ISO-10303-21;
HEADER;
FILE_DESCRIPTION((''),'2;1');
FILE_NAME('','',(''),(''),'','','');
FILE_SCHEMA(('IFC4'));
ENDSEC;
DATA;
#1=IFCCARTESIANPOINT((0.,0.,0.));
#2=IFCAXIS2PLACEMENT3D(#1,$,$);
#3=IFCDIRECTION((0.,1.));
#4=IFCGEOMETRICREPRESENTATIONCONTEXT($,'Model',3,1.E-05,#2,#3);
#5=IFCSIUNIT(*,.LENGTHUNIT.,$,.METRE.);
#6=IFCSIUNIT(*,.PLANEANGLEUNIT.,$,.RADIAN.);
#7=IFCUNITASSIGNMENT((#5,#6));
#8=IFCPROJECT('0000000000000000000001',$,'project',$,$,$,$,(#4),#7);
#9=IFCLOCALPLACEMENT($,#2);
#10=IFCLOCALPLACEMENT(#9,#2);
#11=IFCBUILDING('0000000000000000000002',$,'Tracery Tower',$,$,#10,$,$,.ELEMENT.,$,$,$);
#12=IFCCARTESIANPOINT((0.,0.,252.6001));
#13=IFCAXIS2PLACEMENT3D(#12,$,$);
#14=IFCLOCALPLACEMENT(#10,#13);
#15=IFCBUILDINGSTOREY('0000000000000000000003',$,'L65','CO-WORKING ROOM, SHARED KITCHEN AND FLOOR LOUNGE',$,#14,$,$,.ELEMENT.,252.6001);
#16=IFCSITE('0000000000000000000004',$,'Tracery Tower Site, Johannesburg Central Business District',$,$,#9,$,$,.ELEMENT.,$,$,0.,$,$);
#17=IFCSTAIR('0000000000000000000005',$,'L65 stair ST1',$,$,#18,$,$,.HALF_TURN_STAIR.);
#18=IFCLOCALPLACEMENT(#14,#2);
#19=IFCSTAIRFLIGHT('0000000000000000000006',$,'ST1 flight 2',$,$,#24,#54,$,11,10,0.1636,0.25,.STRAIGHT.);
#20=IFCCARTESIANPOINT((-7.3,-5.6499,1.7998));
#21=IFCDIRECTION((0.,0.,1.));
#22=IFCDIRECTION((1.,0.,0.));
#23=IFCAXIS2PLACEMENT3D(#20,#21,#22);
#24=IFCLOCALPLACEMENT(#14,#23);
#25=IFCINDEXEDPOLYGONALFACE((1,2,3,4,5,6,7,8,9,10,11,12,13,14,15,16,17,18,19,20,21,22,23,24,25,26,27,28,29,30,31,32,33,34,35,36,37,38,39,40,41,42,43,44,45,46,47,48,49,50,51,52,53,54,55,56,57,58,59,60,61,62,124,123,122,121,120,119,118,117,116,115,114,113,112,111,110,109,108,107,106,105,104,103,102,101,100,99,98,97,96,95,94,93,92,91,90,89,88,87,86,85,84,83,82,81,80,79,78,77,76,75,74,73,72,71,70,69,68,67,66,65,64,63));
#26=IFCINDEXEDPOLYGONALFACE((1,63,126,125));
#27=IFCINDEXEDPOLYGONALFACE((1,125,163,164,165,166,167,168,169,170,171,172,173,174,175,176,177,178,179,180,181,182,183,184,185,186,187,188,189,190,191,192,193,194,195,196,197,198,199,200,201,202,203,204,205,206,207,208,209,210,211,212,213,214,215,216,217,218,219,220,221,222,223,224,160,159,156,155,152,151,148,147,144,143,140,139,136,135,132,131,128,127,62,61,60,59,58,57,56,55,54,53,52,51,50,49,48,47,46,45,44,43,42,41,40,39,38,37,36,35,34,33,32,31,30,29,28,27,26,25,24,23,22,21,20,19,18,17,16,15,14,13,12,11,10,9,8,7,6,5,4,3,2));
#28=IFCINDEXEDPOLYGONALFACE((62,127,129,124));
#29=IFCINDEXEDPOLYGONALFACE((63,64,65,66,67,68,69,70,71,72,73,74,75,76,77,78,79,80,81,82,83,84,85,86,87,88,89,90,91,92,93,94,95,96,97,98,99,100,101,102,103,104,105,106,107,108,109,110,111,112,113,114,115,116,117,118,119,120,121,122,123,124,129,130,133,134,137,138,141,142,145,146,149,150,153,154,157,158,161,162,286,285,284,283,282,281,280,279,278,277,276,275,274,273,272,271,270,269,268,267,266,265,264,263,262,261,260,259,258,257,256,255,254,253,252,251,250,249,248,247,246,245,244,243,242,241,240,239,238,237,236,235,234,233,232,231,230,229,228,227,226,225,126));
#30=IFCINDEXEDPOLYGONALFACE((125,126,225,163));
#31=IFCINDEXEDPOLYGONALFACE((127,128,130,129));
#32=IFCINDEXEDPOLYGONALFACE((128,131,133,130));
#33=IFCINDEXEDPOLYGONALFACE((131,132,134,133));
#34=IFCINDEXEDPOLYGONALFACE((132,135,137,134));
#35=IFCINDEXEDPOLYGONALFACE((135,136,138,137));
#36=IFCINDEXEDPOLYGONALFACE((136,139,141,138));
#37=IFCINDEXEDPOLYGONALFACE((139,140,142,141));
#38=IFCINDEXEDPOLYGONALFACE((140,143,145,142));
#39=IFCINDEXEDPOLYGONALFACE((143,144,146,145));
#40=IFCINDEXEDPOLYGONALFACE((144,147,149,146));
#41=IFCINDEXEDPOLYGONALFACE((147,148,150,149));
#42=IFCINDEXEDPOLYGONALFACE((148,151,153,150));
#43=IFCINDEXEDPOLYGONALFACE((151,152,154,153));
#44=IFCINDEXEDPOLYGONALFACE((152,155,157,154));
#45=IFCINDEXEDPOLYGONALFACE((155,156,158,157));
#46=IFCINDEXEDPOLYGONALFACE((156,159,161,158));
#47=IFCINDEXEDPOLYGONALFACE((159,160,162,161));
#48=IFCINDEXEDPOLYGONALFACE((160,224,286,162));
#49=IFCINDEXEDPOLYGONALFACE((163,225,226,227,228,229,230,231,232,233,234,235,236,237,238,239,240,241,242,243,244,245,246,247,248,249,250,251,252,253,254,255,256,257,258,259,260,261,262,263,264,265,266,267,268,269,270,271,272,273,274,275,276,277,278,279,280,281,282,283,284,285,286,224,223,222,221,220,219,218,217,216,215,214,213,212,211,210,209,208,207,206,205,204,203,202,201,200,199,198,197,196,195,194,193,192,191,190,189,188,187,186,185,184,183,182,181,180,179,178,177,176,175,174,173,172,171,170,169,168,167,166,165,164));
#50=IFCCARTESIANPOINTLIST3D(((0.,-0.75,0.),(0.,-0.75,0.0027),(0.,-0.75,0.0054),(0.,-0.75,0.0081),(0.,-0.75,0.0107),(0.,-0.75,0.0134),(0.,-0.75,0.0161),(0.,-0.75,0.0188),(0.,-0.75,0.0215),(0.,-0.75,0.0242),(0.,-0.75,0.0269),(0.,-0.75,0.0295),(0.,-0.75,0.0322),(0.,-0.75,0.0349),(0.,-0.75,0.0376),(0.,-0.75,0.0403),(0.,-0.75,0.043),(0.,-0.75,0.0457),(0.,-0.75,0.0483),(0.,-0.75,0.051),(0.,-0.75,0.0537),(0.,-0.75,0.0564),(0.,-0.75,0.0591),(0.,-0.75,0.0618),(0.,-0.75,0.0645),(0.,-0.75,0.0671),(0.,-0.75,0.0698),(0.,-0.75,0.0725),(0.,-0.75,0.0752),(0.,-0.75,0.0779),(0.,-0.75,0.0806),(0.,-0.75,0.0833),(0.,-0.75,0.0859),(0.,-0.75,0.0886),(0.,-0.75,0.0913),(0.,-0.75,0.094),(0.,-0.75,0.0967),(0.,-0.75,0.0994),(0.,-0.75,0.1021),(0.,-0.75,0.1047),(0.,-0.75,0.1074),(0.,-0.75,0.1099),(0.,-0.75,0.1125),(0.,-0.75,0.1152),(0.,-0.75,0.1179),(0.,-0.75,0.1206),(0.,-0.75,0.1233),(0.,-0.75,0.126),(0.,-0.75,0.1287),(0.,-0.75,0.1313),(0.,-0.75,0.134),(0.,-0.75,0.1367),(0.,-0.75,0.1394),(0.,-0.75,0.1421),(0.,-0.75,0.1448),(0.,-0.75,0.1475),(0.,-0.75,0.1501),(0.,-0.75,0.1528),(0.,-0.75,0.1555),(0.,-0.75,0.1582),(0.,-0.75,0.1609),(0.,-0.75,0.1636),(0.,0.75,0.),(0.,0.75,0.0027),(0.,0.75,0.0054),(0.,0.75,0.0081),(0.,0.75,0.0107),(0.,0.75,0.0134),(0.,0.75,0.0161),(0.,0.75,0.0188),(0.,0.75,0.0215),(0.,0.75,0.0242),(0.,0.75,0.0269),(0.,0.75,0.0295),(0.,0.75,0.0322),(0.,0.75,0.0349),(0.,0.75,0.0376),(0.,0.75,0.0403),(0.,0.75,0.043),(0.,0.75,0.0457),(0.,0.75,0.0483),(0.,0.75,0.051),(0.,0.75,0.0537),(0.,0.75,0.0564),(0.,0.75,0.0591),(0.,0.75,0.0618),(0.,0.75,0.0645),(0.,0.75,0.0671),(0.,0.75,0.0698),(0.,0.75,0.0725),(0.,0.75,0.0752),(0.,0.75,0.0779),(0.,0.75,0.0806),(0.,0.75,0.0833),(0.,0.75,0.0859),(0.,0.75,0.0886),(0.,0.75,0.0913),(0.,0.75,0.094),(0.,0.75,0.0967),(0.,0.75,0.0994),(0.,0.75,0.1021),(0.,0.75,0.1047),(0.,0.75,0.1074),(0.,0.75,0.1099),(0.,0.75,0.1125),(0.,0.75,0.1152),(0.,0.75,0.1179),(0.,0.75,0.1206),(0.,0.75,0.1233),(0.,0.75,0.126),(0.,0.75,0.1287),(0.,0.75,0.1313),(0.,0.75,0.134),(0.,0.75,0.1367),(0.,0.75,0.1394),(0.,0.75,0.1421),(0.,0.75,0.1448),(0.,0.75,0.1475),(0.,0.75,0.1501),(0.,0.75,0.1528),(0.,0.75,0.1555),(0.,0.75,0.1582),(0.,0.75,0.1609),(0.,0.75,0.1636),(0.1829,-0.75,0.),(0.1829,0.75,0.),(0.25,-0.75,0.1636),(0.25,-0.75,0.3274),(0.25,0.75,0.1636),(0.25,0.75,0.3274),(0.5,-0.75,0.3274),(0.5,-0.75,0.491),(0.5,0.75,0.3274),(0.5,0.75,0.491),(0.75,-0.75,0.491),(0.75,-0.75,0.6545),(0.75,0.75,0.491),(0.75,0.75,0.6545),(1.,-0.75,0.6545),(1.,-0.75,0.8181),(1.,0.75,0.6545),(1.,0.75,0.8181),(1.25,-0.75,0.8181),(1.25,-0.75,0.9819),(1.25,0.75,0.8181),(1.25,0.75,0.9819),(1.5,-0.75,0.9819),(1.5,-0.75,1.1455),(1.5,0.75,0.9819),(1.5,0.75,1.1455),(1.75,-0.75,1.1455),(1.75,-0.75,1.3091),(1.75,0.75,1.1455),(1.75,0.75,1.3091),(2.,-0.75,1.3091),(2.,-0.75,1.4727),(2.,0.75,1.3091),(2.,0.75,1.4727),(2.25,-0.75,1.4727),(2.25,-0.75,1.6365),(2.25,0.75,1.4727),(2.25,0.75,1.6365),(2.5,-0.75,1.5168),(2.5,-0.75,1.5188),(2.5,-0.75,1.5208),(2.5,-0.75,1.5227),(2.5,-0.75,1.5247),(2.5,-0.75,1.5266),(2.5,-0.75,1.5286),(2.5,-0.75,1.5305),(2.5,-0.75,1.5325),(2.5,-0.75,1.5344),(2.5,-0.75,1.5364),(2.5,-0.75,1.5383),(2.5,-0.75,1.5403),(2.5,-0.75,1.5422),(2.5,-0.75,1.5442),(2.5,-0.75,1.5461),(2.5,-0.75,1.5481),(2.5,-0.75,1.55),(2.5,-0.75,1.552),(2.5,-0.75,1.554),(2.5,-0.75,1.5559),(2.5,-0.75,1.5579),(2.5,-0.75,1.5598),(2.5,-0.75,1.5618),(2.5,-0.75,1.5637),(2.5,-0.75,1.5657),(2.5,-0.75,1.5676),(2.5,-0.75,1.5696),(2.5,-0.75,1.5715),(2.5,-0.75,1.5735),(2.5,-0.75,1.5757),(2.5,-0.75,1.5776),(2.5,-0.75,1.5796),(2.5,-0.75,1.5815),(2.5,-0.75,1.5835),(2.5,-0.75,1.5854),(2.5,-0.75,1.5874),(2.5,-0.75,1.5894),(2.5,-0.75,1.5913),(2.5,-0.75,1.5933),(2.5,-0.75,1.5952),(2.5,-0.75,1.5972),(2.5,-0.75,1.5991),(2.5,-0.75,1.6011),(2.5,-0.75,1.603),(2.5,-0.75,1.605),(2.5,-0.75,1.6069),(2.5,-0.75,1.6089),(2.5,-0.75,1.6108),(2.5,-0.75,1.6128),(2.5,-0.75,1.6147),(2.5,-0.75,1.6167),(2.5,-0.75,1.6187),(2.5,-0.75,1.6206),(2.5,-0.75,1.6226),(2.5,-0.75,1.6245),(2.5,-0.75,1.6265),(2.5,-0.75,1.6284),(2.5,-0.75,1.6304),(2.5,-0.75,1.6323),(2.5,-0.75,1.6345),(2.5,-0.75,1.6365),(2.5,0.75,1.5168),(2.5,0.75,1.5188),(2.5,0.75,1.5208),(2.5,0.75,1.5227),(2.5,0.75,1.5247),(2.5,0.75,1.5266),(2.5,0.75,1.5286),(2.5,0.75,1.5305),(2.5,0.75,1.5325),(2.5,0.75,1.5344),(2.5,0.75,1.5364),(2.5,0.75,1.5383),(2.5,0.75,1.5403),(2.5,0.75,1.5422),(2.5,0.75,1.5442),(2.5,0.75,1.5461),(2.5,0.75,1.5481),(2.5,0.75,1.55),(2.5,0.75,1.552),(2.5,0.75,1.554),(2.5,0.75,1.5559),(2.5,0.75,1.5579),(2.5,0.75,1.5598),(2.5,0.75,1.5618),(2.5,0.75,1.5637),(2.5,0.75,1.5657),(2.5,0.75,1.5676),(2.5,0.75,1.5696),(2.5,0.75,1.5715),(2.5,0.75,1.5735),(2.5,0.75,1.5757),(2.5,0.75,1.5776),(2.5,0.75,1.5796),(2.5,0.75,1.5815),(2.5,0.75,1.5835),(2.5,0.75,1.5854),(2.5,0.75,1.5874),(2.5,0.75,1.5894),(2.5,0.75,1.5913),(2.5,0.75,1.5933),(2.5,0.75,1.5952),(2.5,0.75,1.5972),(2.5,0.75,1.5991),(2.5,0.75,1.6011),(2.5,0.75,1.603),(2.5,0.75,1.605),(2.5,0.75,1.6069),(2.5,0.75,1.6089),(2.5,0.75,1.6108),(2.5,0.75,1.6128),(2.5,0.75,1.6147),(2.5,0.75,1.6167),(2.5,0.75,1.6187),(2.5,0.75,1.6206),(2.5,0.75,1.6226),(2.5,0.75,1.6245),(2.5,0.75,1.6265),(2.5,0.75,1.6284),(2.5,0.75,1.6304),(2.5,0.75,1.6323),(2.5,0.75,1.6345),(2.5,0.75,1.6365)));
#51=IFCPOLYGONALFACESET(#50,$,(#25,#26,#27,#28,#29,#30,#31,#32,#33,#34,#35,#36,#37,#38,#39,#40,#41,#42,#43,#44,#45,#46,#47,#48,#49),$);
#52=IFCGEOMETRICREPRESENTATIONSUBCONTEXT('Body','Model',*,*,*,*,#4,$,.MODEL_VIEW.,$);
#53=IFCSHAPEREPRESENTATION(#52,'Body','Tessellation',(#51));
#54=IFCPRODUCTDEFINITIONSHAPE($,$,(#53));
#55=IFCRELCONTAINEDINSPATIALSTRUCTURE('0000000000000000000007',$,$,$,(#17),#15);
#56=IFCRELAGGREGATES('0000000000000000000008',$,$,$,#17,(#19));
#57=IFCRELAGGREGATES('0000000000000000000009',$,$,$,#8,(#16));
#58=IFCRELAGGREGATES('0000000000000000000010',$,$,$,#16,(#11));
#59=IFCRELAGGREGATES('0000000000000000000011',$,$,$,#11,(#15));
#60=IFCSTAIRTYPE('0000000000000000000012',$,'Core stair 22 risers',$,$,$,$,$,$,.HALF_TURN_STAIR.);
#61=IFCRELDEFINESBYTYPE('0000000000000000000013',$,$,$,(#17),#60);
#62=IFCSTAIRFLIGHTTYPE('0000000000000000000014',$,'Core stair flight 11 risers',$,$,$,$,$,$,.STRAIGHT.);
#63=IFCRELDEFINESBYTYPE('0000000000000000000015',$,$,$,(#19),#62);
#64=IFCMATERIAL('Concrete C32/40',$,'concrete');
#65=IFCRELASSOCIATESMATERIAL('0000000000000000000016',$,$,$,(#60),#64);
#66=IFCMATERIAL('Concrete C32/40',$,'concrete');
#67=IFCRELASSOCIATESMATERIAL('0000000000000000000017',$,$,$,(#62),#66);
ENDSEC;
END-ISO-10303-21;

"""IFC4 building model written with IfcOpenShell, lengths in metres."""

from ifc_helpers import new_model, si_unit, direction, frame, origin, place, context, subcontext, project, spatial, polyline, outline, extrude, material, type_object, element, aggregate, save


model = new_model("IFC4")

# Units and contexts
model_context = context("Model", 3, precision=1e-05, world=origin(), true_north=direction((0.0, 1.0)))
body_context = subcontext(model_context, "Body", "Model", "MODEL_VIEW")
ifc_project = project(units=[si_unit("LENGTHUNIT", "METRE"), si_unit("PLANEANGLEUNIT", "RADIAN")], contexts=[model_context])

# Site, building, storey
site_placement = place(None, origin())
site = spatial("IfcSite", under=ifc_project, at=site_placement, Name="Tracery Tower Site, Johannesburg Central Business District", CompositionType="ELEMENT", RefElevation=0.0)
building_placement = place(site_placement, origin())
building = spatial("IfcBuilding", under=site, at=building_placement, Name="Tracery Tower", CompositionType="ELEMENT")
storey_placement = place(building_placement, frame((0.0, 0.0, 252.6001)))
storey = spatial("IfcBuildingStorey", under=building, at=storey_placement, Name="L65", Description="CO-WORKING ROOM, SHARED KITCHEN AND FLOOR LOUNGE", CompositionType="ELEMENT", Elevation=252.6001)

# Stair, stair flight
ifc_material_1 = material(Name="Concrete C32/40", Category="concrete")
stair_type = type_object("IfcStairType", Name="Core stair 22 risers", PredefinedType="HALF_TURN_STAIR", material=ifc_material_1)
stair_placement = place(storey_placement, origin())
stair = element("IfcStair", 1, at=stair_placement, inside=storey, type_object=stair_type, Name="L65 stair ST1", PredefinedType="HALF_TURN_STAIR")
ifc_material_2 = material(Name="Concrete C32/40", Category="concrete")
stair_flight_type = type_object("IfcStairFlightType", Name="Core stair flight 11 risers", PredefinedType="STRAIGHT", material=ifc_material_2)
stair_flight_1_placement = place(storey_placement, frame((-7.3, -5.6499, 1.7998), z_axis=(0.0, 0.0, 1.0), x_axis=(1.0, 0.0, 0.0)))
stair_flight_1 = element("IfcStairFlight", 2, at=stair_flight_1_placement, type_object=stair_flight_type, Name="ST1 flight 2", NumberOfRisers=11, NumberOfTreads=10, PredefinedType="STRAIGHT", RiserHeight=0.1636, TreadLength=0.25, context=body_context, shape_type="SweptSolid", body=[
    extrude(outline(polyline([(0.0, 0.0), (0.0, 0.0027), (0.0, 0.0054), (0.0, 0.0081), (0.0, 0.0107), (0.0, 0.0134), (0.0, 0.0161), (0.0, 0.0188), (0.0, 0.0215), (0.0, 0.0242), (0.0, 0.0269), (0.0, 0.0295), (0.0, 0.0322), (0.0, 0.0349), (0.0, 0.0376), (0.0, 0.0403), (0.0, 0.043), (0.0, 0.0457), (0.0, 0.0483), (0.0, 0.051), (0.0, 0.0537), (0.0, 0.0564), (0.0, 0.0591), (0.0, 0.0618), (0.0, 0.0645), (0.0, 0.0671), (0.0, 0.0698), (0.0, 0.0725), (0.0, 0.0752), (0.0, 0.0779), (0.0, 0.0806), (0.0, 0.0833), (0.0, 0.0859), (0.0, 0.0886), (0.0, 0.0913), (0.0, 0.094), (0.0, 0.0967), (0.0, 0.0994), (0.0, 0.1021), (0.0, 0.1047), (0.0, 0.1074), (0.0, 0.1099), (0.0, 0.1125), (0.0, 0.1152), (0.0, 0.1179), (0.0, 0.1206), (0.0, 0.1233), (0.0, 0.126), (0.0, 0.1287), (0.0, 0.1313), (0.0, 0.134), (0.0, 0.1367), (0.0, 0.1394), (0.0, 0.1421), (0.0, 0.1448), (0.0, 0.1475), (0.0, 0.1501), (0.0, 0.1528), (0.0, 0.1555), (0.0, 0.1582), (0.0, 0.1609), (0.0, 0.1636), (0.25, 0.1636), (0.25, 0.3274), (0.5, 0.3274), (0.5, 0.491), (0.75, 0.491), (0.75, 0.6545), (1.0, 0.6545), (1.0, 0.8181), (1.25, 0.8181), (1.25, 0.9819), (1.5, 0.9819), (1.5, 1.1455), (1.75, 1.1455), (1.75, 1.3091), (2.0, 1.3091), (2.0, 1.4727), (2.25, 1.4727), (2.25, 1.6365), (2.5, 1.6365), (2.5, 1.6345), (2.5, 1.6323), (2.5, 1.6304), (2.5, 1.6284), (2.5, 1.6265), (2.5, 1.6245), (2.5, 1.6226), (2.5, 1.6206), (2.5, 1.6187), (2.5, 1.6167), (2.5, 1.6147), (2.5, 1.6128), (2.5, 1.6108), (2.5, 1.6089), (2.5, 1.6069), (2.5, 1.605), (2.5, 1.603), (2.5, 1.6011), (2.5, 1.5991), (2.5, 1.5972), (2.5, 1.5952), (2.5, 1.5933), (2.5, 1.5913), (2.5, 1.5894), (2.5, 1.5874), (2.5, 1.5854), (2.5, 1.5835), (2.5, 1.5815), (2.5, 1.5796), (2.5, 1.5776), (2.5, 1.5757), (2.5, 1.5735), (2.5, 1.5715), (2.5, 1.5696), (2.5, 1.5676), (2.5, 1.5657), (2.5, 1.5637), (2.5, 1.5618), (2.5, 1.5598), (2.5, 1.5579), (2.5, 1.5559), (2.5, 1.554), (2.5, 1.552), (2.5, 1.55), (2.5, 1.5481), (2.5, 1.5461), (2.5, 1.5442), (2.5, 1.5422), (2.5, 1.5403), (2.5, 1.5383), (2.5, 1.5364), (2.5, 1.5344), (2.5, 1.5325), (2.5, 1.5305), (2.5, 1.5286), (2.5, 1.5266), (2.5, 1.5247), (2.5, 1.5227), (2.5, 1.5208), (2.5, 1.5188), (2.5, 1.5168), (0.1829, 0.0), (0.0, 0.0)])), frame((0.0, 0.75, 0.0), z_axis=(0.0, -1.0, 0.0), x_axis=(1.0, 0.0, 0.0)), (0.0, 0.0, 1.0), 1.5),
])
aggregate(stair, [stair_flight_1])

save(model, "model.ifc")
